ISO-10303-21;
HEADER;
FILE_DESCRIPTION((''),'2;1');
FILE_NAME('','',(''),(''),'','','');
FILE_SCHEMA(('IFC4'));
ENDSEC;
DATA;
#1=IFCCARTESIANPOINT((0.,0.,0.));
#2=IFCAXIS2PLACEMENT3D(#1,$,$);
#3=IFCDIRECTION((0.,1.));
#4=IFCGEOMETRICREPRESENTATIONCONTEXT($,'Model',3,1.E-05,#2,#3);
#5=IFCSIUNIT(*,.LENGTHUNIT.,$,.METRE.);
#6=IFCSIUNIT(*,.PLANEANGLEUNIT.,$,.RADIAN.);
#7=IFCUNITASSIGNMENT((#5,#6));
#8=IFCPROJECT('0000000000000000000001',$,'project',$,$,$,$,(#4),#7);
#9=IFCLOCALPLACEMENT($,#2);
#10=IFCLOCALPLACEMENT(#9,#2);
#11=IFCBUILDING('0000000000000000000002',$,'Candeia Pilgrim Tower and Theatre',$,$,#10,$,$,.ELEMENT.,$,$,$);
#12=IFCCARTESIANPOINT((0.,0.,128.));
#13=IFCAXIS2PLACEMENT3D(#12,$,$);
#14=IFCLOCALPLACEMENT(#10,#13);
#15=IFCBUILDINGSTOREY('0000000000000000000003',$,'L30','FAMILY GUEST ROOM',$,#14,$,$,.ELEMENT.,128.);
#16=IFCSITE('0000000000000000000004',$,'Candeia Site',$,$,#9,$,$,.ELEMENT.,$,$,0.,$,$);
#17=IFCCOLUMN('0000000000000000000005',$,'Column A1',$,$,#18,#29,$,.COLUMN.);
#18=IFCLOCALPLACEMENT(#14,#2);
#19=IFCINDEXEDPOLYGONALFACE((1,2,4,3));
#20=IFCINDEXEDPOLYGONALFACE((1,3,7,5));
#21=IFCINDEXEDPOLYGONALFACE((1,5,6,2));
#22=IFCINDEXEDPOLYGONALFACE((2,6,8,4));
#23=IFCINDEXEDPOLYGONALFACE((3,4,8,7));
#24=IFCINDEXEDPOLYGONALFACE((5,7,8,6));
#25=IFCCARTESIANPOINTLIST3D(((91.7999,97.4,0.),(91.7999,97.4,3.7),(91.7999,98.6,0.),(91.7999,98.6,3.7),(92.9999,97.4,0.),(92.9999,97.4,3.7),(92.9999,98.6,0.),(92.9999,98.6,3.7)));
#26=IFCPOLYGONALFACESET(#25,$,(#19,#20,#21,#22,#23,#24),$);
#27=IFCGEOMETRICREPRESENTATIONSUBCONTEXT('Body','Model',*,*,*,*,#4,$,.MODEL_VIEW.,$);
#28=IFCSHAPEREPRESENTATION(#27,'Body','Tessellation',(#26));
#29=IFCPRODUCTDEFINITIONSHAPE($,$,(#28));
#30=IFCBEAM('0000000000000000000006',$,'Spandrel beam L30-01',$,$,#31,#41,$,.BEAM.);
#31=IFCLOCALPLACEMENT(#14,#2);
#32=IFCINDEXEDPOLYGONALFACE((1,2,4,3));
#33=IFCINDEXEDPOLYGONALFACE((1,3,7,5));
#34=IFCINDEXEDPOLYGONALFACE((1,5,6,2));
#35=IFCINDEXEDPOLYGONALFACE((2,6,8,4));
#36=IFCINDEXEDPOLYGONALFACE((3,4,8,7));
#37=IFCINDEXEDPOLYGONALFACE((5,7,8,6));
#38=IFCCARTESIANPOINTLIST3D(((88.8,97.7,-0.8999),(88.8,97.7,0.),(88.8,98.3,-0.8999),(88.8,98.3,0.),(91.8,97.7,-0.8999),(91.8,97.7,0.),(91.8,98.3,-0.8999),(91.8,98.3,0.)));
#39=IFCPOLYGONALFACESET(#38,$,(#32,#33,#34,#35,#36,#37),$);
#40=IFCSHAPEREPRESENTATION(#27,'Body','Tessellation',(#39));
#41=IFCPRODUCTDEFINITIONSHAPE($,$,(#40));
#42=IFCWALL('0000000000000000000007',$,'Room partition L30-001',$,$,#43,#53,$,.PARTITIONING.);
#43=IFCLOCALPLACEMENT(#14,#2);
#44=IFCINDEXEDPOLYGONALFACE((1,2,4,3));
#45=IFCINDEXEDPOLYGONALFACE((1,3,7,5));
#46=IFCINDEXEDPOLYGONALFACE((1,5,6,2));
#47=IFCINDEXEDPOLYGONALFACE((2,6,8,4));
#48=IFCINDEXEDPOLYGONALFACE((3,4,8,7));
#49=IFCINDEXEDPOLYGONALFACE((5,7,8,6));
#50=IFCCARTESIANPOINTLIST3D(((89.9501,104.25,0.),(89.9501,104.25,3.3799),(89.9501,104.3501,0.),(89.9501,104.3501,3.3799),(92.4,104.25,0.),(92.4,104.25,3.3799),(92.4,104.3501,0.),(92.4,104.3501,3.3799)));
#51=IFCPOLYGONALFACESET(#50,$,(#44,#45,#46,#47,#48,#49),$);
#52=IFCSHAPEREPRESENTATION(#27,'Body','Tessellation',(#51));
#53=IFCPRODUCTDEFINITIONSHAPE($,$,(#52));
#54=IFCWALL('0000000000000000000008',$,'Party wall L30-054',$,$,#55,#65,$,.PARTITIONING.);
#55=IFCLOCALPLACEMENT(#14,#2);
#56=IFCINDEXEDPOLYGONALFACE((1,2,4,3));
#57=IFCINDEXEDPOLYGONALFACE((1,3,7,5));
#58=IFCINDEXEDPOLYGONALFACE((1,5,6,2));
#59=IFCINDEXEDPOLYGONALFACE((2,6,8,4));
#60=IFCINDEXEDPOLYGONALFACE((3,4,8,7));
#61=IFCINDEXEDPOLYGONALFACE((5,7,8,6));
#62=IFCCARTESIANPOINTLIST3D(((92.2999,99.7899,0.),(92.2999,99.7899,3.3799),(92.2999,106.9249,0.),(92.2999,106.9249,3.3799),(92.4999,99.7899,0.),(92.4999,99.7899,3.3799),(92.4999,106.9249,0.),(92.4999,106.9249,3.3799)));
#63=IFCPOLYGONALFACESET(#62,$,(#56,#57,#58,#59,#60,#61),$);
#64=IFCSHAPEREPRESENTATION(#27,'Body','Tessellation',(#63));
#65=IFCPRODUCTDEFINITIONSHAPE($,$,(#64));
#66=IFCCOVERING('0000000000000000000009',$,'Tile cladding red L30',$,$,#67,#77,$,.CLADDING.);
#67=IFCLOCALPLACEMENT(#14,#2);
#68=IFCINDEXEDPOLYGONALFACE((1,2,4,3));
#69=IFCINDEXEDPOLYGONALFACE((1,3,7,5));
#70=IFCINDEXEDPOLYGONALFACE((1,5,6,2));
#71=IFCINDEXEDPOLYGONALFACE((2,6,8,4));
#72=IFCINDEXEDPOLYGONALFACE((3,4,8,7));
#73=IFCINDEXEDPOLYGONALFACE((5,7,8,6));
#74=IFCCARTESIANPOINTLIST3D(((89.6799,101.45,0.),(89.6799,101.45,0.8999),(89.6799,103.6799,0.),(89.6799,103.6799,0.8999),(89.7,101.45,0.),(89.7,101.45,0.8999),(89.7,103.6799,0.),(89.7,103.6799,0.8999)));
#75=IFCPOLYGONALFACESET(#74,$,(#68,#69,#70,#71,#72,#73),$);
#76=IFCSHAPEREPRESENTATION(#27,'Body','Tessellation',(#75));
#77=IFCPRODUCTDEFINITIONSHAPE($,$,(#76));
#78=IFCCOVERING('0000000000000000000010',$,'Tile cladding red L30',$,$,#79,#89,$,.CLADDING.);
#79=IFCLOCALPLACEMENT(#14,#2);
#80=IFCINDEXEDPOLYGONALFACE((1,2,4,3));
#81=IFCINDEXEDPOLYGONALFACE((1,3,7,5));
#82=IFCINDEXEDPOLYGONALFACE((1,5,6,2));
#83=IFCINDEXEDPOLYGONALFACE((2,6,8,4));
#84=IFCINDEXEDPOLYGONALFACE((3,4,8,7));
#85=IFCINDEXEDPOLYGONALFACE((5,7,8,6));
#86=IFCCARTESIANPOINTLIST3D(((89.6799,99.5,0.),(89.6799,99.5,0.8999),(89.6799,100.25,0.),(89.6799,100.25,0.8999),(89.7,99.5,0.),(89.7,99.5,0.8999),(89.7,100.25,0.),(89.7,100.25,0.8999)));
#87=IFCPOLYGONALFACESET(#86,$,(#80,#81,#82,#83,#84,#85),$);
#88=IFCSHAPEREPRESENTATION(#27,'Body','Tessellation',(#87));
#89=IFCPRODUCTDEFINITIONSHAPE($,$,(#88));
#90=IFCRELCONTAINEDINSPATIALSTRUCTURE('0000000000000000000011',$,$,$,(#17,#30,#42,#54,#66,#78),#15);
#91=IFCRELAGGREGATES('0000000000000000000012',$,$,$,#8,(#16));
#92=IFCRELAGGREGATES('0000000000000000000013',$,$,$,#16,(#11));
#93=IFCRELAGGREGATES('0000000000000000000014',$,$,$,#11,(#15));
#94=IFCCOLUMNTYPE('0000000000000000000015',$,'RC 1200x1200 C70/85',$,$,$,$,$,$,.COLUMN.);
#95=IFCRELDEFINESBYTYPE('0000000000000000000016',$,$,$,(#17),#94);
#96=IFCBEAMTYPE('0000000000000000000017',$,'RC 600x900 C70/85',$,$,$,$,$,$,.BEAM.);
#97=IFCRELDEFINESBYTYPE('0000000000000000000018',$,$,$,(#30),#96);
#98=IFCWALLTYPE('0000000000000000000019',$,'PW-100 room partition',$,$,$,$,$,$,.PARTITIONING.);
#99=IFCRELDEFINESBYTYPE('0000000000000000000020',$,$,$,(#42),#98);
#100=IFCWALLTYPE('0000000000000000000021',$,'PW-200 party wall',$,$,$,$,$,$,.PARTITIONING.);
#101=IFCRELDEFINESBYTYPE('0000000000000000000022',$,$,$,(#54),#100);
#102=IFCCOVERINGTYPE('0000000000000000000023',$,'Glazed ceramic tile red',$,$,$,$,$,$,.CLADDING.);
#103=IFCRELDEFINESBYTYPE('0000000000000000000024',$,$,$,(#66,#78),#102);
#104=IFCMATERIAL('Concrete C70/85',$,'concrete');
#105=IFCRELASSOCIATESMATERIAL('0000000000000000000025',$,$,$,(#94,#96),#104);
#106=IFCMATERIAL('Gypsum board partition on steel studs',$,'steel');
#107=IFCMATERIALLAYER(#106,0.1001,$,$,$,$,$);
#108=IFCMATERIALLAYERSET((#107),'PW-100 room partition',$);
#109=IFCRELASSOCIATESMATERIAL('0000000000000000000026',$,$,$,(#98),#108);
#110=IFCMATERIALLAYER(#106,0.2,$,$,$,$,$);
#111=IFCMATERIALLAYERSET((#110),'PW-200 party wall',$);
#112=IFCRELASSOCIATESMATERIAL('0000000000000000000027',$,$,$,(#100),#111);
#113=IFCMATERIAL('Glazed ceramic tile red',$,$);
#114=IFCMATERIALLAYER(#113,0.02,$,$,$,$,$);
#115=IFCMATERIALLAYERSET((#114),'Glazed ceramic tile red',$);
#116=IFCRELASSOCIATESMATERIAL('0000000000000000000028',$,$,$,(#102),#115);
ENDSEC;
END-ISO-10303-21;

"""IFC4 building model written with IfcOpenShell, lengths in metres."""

from ifc_helpers import new_model, si_unit, direction, frame, frame_2d, origin, origin_2d, place, context, subcontext, project, spatial, rectangle, extrude, material, layer, layer_set, material_profile, profile_set, type_object, element, save


model = new_model("IFC4")

# Units and contexts
model_context = context("Model", 3, precision=1e-05, world=origin(), true_north=direction((0.0, 1.0)))
body_context = subcontext(model_context, "Body", "Model", "MODEL_VIEW")
ifc_project = project(units=[si_unit("LENGTHUNIT", "METRE"), si_unit("PLANEANGLEUNIT", "RADIAN")], contexts=[model_context])

# Site, building, storey
site_placement = place(None, origin())
site = spatial("IfcSite", under=ifc_project, at=site_placement, Name="Candeia Site", CompositionType="ELEMENT", RefElevation=0.0)
building_placement = place(site_placement, origin())
building = spatial("IfcBuilding", under=site, at=building_placement, Name="Candeia Pilgrim Tower and Theatre", CompositionType="ELEMENT")
storey_placement = place(building_placement, frame((0.0, 0.0, 128.0)))
storey = spatial("IfcBuildingStorey", under=building, at=storey_placement, Name="L30", Description="FAMILY GUEST ROOM", CompositionType="ELEMENT", Elevation=128.0)

# Column
ifc_material_1 = material(Name="Concrete C70/85", Category="concrete")
ifc_material_profile_1 = material_profile(ifc_material_1, rectangle(XDim=1.2, YDim=1.2, at=origin_2d()))
ifc_profile_set_1 = profile_set([ifc_material_profile_1], Name="Concrete C70/85")
column_type = type_object("IfcColumnType", Name="RC 1200x1200 C70/85", PredefinedType="COLUMN", material=ifc_profile_set_1)
column_placement = place(storey_placement, frame((92.3999, 98.0, 0.0), z_axis=(0.0, 0.0, 1.0), x_axis=(1.0, 0.0, 0.0)))
element("IfcColumn", 1, at=column_placement, inside=storey, type_object=column_type, Name="Column A1", PredefinedType="COLUMN", context=body_context, shape_type="SweptSolid", body=[
    extrude(rectangle(XDim=1.2, YDim=1.2, at=origin_2d()), origin(), (0.0, 0.0, 1.0), 3.7),
])

# Beam
ifc_material_profile_2 = material_profile(ifc_material_1, rectangle(XDim=0.6001, YDim=0.8999, at=origin_2d()))
ifc_profile_set_2 = profile_set([ifc_material_profile_2], Name="Concrete C70/85")
beam_type = type_object("IfcBeamType", Name="RC 600x900 C70/85", PredefinedType="BEAM", material=ifc_profile_set_2)
beam_placement = place(storey_placement, frame((88.8, 98.0, -0.45), z_axis=(1.0, 0.0, 0.0), x_axis=(0.0, 1.0, 0.0)))
element("IfcBeam", 2, at=beam_placement, inside=storey, type_object=beam_type, Name="Spandrel beam L30-01", PredefinedType="BEAM", context=body_context, shape_type="SweptSolid", body=[
    extrude(rectangle(XDim=0.6001, YDim=0.8999, at=origin_2d()), origin(), (0.0, 0.0, 1.0), 3.0),
])

# Walls
ifc_material_2 = material(Name="Gypsum board partition on steel studs", Category="steel")
ifc_layer_1 = layer(ifc_material_2, 0.1001)
ifc_layer_set_1 = layer_set([ifc_layer_1], Name="PW-100 room partition")
wall_type_1 = type_object("IfcWallType", Name="PW-100 room partition", PredefinedType="PARTITIONING", material=ifc_layer_set_1)
wall_1_placement = place(storey_placement, frame((89.95, 104.3, 0.0), z_axis=(0.0, 0.0, 1.0), x_axis=(1.0, 0.0, 0.0)))
element("IfcWall", 3, at=wall_1_placement, inside=storey, type_object=wall_type_1, Name="Room partition L30-001", PredefinedType="PARTITIONING", context=body_context, shape_type="SweptSolid", body=[
    extrude(rectangle(XDim=2.45, YDim=0.1001, at=frame_2d((1.2251, 0.0))), origin(), (0.0, 0.0, 1.0), 3.3799),
])
ifc_layer_2 = layer(ifc_material_2, 0.2)
ifc_layer_set_2 = layer_set([ifc_layer_2], Name="PW-200 party wall")
wall_type_2 = type_object("IfcWallType", Name="PW-200 party wall", PredefinedType="PARTITIONING", material=ifc_layer_set_2)
wall_2_placement = place(storey_placement, frame((92.3999, 99.79, 0.0), z_axis=(0.0, 0.0, 1.0), x_axis=(0.0, 1.0, 0.0)))
element("IfcWall", 4, at=wall_2_placement, inside=storey, type_object=wall_type_2, Name="Party wall L30-054", PredefinedType="PARTITIONING", context=body_context, shape_type="SweptSolid", body=[
    extrude(rectangle(XDim=7.135, YDim=0.2, at=frame_2d((3.5674, 0.0))), origin(), (0.0, 0.0, 1.0), 3.3799),
])

# Coverings
ifc_material_3 = material(Name="Glazed ceramic tile red")
ifc_layer_3 = layer(ifc_material_3, 0.02)
ifc_layer_set_3 = layer_set([ifc_layer_3], Name="Glazed ceramic tile red")
covering_type = type_object("IfcCoveringType", Name="Glazed ceramic tile red", PredefinedType="CLADDING", material=ifc_layer_set_3)
covering_1_placement = place(storey_placement, frame((89.6899, 102.5649, 0.0), z_axis=(0.0, 0.0, 1.0), x_axis=(0.0, -1.0, 0.0)))
element("IfcCovering", 5, at=covering_1_placement, inside=storey, type_object=covering_type, Name="Tile cladding red L30", PredefinedType="CLADDING", context=body_context, shape_type="SweptSolid", body=[
    extrude(rectangle(XDim=2.23, YDim=0.02, at=origin_2d()), origin(), (0.0, 0.0, 1.0), 0.8999),
])
covering_2_placement = place(storey_placement, frame((89.6899, 99.875, 0.0), z_axis=(0.0, 0.0, 1.0), x_axis=(0.0, -1.0, 0.0)))
element("IfcCovering", 6, at=covering_2_placement, inside=storey, type_object=covering_type, Name="Tile cladding red L30", PredefinedType="CLADDING", context=body_context, shape_type="SweptSolid", body=[
    extrude(rectangle(XDim=0.75, YDim=0.02, at=origin_2d()), origin(), (0.0, 0.0, 1.0), 0.8999),
])

save(model, "model.ifc")
